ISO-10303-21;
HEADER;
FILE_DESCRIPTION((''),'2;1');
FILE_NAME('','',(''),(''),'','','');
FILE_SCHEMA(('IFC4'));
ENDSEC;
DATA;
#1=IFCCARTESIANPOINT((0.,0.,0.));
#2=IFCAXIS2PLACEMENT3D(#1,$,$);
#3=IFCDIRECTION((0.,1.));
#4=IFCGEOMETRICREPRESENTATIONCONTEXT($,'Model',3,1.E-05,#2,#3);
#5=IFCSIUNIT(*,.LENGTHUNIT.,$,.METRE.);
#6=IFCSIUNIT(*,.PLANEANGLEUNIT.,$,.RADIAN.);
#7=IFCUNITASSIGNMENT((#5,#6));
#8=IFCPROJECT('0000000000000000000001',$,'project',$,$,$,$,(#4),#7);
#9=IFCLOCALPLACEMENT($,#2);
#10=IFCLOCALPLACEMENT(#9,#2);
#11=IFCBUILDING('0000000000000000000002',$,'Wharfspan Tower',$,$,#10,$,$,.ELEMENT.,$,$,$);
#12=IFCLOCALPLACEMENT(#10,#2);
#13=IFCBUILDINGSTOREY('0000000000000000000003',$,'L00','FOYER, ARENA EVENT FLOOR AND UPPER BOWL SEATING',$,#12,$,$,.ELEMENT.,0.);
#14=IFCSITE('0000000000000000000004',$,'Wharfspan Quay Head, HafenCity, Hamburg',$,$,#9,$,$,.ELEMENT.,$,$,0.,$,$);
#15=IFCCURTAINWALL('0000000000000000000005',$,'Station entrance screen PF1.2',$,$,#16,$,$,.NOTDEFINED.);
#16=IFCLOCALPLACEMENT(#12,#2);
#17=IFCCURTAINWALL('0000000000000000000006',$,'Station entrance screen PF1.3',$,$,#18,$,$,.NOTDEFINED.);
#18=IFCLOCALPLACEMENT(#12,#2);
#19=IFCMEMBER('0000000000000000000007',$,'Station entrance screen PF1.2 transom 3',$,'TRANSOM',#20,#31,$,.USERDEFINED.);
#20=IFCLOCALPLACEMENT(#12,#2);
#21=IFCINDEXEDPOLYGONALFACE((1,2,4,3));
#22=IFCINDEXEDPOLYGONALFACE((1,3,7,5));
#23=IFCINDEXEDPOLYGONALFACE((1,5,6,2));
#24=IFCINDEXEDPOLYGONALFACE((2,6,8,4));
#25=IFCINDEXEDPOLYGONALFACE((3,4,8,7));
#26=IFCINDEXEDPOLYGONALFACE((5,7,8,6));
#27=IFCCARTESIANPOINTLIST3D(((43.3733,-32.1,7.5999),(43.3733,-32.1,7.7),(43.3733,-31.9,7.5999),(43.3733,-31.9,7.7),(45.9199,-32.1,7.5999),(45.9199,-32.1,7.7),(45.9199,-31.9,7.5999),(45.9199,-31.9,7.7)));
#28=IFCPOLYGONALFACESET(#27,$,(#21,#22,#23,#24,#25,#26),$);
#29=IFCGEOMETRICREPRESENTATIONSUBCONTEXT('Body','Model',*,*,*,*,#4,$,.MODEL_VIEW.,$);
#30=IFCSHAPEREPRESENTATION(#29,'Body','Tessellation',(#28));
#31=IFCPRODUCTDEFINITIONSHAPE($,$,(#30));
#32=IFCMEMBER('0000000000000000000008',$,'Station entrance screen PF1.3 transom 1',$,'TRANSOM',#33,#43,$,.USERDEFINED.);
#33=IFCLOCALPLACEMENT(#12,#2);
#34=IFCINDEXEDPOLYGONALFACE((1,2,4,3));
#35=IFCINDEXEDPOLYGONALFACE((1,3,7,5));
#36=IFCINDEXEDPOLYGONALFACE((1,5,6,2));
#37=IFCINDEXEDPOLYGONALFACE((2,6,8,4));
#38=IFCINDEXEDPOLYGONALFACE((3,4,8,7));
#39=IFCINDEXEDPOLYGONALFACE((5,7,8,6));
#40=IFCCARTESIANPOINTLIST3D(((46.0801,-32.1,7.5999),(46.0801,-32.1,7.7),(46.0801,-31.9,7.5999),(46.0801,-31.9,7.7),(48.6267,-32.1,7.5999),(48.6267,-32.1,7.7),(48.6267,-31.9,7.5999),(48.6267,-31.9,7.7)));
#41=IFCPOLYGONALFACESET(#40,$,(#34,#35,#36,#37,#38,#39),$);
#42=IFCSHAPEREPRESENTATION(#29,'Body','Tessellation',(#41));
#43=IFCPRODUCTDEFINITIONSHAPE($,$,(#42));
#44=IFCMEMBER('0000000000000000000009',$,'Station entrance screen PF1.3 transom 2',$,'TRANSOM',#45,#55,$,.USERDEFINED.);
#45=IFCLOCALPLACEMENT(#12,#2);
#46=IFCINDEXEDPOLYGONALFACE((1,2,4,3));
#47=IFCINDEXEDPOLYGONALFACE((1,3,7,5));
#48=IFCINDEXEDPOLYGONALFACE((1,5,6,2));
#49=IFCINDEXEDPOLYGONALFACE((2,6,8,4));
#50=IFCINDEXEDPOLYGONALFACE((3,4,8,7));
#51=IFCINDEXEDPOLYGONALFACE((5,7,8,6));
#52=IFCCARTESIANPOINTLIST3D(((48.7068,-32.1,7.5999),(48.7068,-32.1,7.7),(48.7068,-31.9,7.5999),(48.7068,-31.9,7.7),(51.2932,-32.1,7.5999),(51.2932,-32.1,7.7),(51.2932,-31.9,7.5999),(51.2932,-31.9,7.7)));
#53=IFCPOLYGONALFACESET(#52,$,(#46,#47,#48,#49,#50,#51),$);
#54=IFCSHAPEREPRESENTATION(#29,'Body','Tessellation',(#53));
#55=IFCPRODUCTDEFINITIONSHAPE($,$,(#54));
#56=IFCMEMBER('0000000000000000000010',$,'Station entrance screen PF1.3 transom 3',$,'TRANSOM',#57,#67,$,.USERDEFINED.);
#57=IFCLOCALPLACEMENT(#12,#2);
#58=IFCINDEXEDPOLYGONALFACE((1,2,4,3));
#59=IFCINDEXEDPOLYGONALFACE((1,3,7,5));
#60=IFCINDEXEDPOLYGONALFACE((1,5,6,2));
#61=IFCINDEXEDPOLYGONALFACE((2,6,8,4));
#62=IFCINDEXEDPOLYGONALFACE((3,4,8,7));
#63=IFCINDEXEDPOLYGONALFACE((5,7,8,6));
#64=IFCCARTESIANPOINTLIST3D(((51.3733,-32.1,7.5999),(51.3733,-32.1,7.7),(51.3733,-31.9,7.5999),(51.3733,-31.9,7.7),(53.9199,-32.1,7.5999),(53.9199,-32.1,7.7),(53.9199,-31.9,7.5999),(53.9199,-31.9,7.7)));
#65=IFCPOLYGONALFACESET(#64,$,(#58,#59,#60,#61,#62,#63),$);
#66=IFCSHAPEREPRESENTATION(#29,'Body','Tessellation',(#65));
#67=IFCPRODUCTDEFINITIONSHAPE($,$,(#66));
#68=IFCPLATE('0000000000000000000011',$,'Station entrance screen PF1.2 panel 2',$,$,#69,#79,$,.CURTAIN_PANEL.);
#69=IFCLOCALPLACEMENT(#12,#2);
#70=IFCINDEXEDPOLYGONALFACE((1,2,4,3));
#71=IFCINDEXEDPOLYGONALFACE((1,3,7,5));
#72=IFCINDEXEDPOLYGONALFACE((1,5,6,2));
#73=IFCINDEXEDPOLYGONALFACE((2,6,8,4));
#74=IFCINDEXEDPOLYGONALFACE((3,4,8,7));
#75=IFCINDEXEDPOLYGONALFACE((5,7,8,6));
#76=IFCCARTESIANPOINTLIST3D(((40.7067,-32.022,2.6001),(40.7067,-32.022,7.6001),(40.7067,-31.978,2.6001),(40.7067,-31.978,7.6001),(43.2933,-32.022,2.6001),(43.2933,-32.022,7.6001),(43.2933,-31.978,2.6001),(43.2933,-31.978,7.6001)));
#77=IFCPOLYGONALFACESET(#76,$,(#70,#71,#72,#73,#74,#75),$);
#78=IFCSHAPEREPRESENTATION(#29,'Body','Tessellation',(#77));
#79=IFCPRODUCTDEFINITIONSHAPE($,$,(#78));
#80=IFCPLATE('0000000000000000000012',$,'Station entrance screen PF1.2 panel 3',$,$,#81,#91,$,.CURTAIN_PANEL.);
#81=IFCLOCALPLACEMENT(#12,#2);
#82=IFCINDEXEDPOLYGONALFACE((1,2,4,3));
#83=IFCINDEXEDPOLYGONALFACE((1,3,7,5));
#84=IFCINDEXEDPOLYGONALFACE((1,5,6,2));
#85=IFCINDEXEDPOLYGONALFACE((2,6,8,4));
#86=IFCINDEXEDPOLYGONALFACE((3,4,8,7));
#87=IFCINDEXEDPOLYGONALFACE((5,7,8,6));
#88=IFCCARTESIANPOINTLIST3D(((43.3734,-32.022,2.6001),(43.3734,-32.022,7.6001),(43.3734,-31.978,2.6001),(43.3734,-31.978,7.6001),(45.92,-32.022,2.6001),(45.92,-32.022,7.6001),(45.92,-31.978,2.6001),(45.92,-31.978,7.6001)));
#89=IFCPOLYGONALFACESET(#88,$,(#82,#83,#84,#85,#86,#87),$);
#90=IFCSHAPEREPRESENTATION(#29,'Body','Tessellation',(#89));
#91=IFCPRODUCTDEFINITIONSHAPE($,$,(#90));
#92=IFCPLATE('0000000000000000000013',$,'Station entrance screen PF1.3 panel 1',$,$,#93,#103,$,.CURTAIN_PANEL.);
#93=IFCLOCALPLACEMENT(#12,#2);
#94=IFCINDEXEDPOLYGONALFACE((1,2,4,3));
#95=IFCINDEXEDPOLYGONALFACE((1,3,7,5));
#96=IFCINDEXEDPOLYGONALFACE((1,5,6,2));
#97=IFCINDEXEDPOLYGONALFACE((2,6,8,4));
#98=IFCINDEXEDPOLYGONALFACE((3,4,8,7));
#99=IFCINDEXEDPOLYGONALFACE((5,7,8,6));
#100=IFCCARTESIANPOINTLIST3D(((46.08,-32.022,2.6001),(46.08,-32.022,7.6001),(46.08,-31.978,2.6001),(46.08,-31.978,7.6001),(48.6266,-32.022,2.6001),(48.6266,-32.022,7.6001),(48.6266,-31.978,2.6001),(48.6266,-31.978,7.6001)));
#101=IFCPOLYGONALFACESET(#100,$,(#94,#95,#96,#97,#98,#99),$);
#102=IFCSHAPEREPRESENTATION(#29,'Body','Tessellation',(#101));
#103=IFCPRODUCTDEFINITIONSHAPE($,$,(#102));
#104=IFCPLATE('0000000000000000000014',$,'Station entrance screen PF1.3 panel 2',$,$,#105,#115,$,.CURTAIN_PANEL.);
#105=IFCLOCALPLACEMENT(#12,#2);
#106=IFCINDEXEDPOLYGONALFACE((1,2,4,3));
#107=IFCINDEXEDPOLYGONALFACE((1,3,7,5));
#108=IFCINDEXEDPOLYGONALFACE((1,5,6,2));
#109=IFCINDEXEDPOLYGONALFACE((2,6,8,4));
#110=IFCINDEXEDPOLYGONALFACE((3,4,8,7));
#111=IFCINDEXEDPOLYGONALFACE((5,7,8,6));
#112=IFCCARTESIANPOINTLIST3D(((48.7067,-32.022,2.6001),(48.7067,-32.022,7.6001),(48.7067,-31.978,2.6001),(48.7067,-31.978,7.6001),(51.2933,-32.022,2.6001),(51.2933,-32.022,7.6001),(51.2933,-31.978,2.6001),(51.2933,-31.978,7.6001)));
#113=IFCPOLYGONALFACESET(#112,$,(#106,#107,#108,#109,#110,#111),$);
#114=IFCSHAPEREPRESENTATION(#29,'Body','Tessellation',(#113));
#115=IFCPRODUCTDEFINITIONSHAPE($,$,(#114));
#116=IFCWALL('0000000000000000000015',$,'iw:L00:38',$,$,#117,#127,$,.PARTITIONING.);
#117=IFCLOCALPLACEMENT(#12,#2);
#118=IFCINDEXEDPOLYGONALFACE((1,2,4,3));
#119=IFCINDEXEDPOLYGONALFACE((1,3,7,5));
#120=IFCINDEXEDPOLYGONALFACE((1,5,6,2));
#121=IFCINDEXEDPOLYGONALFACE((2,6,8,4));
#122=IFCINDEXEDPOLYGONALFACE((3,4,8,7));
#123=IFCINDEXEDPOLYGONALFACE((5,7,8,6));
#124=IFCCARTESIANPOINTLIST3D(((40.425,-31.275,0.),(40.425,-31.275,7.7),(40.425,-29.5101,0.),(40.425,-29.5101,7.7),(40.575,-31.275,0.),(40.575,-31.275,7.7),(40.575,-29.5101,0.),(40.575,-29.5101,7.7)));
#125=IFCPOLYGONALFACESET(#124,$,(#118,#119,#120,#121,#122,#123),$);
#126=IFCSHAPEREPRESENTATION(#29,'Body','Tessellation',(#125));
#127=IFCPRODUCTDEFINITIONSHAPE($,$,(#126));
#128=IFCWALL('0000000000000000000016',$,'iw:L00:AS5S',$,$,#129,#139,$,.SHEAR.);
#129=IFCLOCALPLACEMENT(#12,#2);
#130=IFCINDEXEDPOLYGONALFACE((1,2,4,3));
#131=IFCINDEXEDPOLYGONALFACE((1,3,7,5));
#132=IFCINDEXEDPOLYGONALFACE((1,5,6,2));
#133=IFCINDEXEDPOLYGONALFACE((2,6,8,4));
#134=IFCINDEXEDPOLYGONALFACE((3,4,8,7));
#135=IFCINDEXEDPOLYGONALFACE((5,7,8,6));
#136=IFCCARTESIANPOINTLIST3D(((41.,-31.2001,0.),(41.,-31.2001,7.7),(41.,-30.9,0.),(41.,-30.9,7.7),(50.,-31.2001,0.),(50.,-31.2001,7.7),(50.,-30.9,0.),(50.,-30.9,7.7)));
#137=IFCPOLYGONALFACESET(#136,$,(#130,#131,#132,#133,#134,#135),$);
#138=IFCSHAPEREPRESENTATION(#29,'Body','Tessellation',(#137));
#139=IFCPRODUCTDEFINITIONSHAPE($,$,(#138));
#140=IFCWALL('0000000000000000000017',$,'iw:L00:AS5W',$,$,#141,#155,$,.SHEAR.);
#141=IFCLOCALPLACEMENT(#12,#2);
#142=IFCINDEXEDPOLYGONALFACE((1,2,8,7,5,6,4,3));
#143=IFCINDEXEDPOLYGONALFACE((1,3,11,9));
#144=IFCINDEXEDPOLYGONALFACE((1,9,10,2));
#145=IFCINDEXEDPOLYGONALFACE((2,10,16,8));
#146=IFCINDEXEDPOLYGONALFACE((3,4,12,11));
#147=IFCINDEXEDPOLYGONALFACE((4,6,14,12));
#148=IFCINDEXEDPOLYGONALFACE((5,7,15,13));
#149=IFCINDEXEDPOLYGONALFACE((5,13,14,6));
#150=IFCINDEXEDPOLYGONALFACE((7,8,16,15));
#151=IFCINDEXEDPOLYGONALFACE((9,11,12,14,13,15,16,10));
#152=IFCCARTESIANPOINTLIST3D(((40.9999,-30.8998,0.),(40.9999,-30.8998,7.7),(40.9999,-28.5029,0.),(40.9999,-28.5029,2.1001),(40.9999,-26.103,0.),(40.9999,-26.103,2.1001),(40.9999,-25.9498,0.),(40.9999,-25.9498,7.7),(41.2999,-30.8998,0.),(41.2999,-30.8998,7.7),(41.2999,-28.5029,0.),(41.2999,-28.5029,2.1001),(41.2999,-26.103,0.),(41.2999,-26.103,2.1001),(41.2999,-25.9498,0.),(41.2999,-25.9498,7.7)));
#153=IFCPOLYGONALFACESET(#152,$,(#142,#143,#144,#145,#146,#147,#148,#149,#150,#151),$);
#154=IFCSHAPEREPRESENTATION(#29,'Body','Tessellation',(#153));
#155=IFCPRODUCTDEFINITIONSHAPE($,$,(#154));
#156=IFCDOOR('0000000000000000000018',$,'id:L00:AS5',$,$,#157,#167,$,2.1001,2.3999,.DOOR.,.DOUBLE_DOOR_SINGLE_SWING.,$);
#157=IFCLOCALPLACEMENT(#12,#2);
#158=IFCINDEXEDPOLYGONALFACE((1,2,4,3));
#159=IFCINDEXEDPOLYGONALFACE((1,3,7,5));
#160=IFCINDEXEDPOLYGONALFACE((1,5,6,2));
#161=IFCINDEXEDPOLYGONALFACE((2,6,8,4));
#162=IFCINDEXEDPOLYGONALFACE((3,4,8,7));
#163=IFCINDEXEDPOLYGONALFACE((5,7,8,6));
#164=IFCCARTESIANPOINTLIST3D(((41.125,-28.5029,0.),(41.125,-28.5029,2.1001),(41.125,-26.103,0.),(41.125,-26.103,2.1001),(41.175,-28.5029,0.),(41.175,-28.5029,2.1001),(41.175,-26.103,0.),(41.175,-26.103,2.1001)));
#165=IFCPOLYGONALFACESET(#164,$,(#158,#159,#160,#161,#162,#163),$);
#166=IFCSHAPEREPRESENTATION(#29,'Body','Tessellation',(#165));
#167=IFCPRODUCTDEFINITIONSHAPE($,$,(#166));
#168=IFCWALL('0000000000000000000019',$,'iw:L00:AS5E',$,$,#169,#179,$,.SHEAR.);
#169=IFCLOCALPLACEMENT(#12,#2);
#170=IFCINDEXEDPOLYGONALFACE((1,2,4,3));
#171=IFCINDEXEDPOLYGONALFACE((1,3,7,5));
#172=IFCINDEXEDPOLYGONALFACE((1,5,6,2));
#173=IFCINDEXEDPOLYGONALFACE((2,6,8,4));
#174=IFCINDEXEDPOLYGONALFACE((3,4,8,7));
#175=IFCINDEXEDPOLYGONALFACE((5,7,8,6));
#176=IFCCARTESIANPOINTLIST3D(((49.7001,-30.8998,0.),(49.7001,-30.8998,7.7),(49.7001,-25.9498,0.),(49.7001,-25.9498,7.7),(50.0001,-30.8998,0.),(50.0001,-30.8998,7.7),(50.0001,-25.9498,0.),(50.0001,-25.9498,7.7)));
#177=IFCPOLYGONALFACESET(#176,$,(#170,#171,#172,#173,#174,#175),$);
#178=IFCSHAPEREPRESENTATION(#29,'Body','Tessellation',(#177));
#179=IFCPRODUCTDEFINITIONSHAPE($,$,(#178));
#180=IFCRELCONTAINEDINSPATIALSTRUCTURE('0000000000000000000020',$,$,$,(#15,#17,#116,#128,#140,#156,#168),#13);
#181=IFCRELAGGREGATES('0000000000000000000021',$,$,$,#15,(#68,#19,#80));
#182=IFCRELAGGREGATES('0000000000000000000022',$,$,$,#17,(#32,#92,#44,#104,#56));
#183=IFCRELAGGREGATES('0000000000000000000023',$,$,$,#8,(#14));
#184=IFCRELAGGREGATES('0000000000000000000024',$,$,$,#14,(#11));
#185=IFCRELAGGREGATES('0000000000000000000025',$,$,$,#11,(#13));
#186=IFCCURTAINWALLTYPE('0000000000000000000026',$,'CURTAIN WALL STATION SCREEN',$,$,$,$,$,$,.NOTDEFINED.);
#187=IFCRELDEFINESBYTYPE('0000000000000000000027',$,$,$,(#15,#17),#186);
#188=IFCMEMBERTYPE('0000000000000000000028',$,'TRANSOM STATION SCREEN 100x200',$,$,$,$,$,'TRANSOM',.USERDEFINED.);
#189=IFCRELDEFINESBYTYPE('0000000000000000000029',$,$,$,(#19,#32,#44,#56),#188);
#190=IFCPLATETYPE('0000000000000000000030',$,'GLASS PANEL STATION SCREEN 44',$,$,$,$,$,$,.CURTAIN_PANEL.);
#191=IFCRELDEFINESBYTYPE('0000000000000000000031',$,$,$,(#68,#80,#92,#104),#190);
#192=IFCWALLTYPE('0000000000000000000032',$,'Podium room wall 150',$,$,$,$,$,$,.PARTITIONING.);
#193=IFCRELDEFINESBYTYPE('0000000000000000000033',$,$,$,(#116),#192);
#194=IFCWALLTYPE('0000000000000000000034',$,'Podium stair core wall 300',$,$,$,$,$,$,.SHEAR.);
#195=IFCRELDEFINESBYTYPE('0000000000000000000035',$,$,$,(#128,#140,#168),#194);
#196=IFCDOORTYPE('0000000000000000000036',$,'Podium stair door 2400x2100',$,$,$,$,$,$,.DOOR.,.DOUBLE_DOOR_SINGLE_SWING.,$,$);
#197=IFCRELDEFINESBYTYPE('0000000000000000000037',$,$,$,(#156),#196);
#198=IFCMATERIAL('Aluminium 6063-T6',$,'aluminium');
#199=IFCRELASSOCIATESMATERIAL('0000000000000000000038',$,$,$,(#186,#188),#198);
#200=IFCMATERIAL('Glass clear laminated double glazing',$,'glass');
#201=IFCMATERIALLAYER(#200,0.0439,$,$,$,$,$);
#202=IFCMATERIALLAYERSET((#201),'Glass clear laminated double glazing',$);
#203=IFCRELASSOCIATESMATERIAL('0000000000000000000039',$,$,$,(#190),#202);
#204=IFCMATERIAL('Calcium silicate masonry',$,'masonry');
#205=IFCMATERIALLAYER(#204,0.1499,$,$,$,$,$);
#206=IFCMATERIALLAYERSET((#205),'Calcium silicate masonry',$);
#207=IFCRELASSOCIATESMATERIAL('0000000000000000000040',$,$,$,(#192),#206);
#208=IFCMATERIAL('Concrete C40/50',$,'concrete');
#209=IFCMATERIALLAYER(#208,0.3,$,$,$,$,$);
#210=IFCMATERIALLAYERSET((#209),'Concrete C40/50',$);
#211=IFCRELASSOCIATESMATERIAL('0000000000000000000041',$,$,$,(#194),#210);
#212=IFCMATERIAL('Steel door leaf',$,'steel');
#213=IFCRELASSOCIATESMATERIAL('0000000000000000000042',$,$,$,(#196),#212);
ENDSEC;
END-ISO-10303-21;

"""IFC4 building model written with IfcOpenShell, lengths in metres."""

from ifc_helpers import new_model, si_unit, direction, frame, frame_2d, origin, origin_2d, place, context, subcontext, project, spatial, rectangle, extrude, material, layer, layer_set, material_profile, profile_set, type_object, element, fill, aggregate, save


model = new_model("IFC4")

# Units and contexts
model_context = context("Model", 3, precision=1e-05, world=origin(), true_north=direction((0.0, 1.0)))
body_context = subcontext(model_context, "Body", "Model", "MODEL_VIEW")
ifc_project = project(units=[si_unit("LENGTHUNIT", "METRE"), si_unit("PLANEANGLEUNIT", "RADIAN")], contexts=[model_context])

# Site, building, storey
site_placement = place(None, origin())
site = spatial("IfcSite", under=ifc_project, at=site_placement, Name="Wharfspan Quay Head, HafenCity, Hamburg", CompositionType="ELEMENT", RefElevation=0.0)
building_placement = place(site_placement, origin())
building = spatial("IfcBuilding", under=site, at=building_placement, Name="Wharfspan Tower", CompositionType="ELEMENT")
storey_placement = place(building_placement, origin())
storey = spatial("IfcBuildingStorey", under=building, at=storey_placement, Name="L00", Description="FOYER, ARENA EVENT FLOOR AND UPPER BOWL SEATING", CompositionType="ELEMENT", Elevation=0.0)

# Curtain walls
ifc_material_1 = material(Name="Aluminium 6063-T6", Category="aluminium")
curtain_wall_type = type_object("IfcCurtainWallType", Name="CURTAIN WALL STATION SCREEN", PredefinedType="NOTDEFINED", material=ifc_material_1)
curtain_wall_1_placement = place(storey_placement, origin())
curtain_wall_1 = element("IfcCurtainWall", 1, at=curtain_wall_1_placement, inside=storey, type_object=curtain_wall_type, Name="Station entrance screen PF1.2", PredefinedType="NOTDEFINED")
curtain_wall_2_placement = place(storey_placement, origin())
curtain_wall_2 = element("IfcCurtainWall", 2, at=curtain_wall_2_placement, inside=storey, type_object=curtain_wall_type, Name="Station entrance screen PF1.3", PredefinedType="NOTDEFINED")

# Members
ifc_material_profile_1 = material_profile(ifc_material_1, rectangle(XDim=0.2, YDim=0.1001, at=origin_2d()))
ifc_profile_set_1 = profile_set([ifc_material_profile_1], Name="Aluminium 6063-T6")
member_type_1 = type_object("IfcMemberType", Name="TRANSOM STATION SCREEN 100x200", ElementType="TRANSOM", PredefinedType="USERDEFINED", material=ifc_profile_set_1)
member_1_placement = place(storey_placement, frame((43.3733, -32.0, 7.6499), z_axis=(1.0, 0.0, 0.0), x_axis=(0.0, 1.0, 0.0)))
member_1 = element("IfcMember", 3, at=member_1_placement, type_object=member_type_1, Name="Station entrance screen PF1.2 transom 3", ObjectType="TRANSOM", PredefinedType="USERDEFINED", context=body_context, shape_type="SweptSolid", body=[
    extrude(rectangle(XDim=0.2, YDim=0.1001, at=origin_2d()), origin(), (0.0, 0.0, 1.0), 2.5466),
])
member_2_placement = place(storey_placement, frame((46.0801, -32.0, 7.6499), z_axis=(1.0, 0.0, 0.0), x_axis=(0.0, 1.0, 0.0)))
member_2 = element("IfcMember", 4, at=member_2_placement, type_object=member_type_1, Name="Station entrance screen PF1.3 transom 1", ObjectType="TRANSOM", PredefinedType="USERDEFINED", context=body_context, shape_type="SweptSolid", body=[
    extrude(rectangle(XDim=0.2, YDim=0.1001, at=origin_2d()), origin(), (0.0, 0.0, 1.0), 2.5466),
])
member_3_placement = place(storey_placement, frame((48.7068, -32.0, 7.6499), z_axis=(1.0, 0.0, 0.0), x_axis=(0.0, 1.0, 0.0)))
member_3 = element("IfcMember", 5, at=member_3_placement, type_object=member_type_1, Name="Station entrance screen PF1.3 transom 2", ObjectType="TRANSOM", PredefinedType="USERDEFINED", context=body_context, shape_type="SweptSolid", body=[
    extrude(rectangle(XDim=0.2, YDim=0.1001, at=origin_2d()), origin(), (0.0, 0.0, 1.0), 2.5864),
])
member_4_placement = place(storey_placement, frame((51.3733, -32.0, 7.6499), z_axis=(1.0, 0.0, 0.0), x_axis=(0.0, 1.0, 0.0)))
member_4 = element("IfcMember", 6, at=member_4_placement, type_object=member_type_1, Name="Station entrance screen PF1.3 transom 3", ObjectType="TRANSOM", PredefinedType="USERDEFINED", context=body_context, shape_type="SweptSolid", body=[
    extrude(rectangle(XDim=0.2, YDim=0.1001, at=origin_2d()), origin(), (0.0, 0.0, 1.0), 2.5466),
])

# Plates
ifc_material_2 = material(Name="Glass clear laminated double glazing", Category="glass")
ifc_layer_1 = layer(ifc_material_2, 0.0439)
ifc_layer_set_1 = layer_set([ifc_layer_1], Name="Glass clear laminated double glazing")
plate_type = type_object("IfcPlateType", Name="GLASS PANEL STATION SCREEN 44", PredefinedType="CURTAIN_PANEL", material=ifc_layer_set_1)
plate_1_placement = place(storey_placement, frame((42.0, -32.0, 2.6001), z_axis=(0.0, 0.0, 1.0), x_axis=(1.0, 0.0, 0.0)))
plate_1 = element("IfcPlate", 7, at=plate_1_placement, type_object=plate_type, Name="Station entrance screen PF1.2 panel 2", PredefinedType="CURTAIN_PANEL", context=body_context, shape_type="SweptSolid", body=[
    extrude(rectangle(XDim=2.5867, YDim=0.0439, at=origin_2d()), origin(), (0.0, 0.0, 1.0), 5.0),
])
plate_2_placement = place(storey_placement, frame((44.6467, -32.0, 2.6001), z_axis=(0.0, 0.0, 1.0), x_axis=(1.0, 0.0, 0.0)))
plate_2 = element("IfcPlate", 8, at=plate_2_placement, type_object=plate_type, Name="Station entrance screen PF1.2 panel 3", PredefinedType="CURTAIN_PANEL", context=body_context, shape_type="SweptSolid", body=[
    extrude(rectangle(XDim=2.5466, YDim=0.0439, at=origin_2d()), origin(), (0.0, 0.0, 1.0), 5.0),
])
aggregate(curtain_wall_1, [plate_1, member_1, plate_2])
plate_3_placement = place(storey_placement, frame((47.3533, -32.0, 2.6001), z_axis=(0.0, 0.0, 1.0), x_axis=(1.0, 0.0, 0.0)))
plate_3 = element("IfcPlate", 9, at=plate_3_placement, type_object=plate_type, Name="Station entrance screen PF1.3 panel 1", PredefinedType="CURTAIN_PANEL", context=body_context, shape_type="SweptSolid", body=[
    extrude(rectangle(XDim=2.5466, YDim=0.0439, at=origin_2d()), origin(), (0.0, 0.0, 1.0), 5.0),
])
plate_4_placement = place(storey_placement, frame((50.0, -32.0, 2.6001), z_axis=(0.0, 0.0, 1.0), x_axis=(1.0, 0.0, 0.0)))
plate_4 = element("IfcPlate", 10, at=plate_4_placement, type_object=plate_type, Name="Station entrance screen PF1.3 panel 2", PredefinedType="CURTAIN_PANEL", context=body_context, shape_type="SweptSolid", body=[
    extrude(rectangle(XDim=2.5867, YDim=0.0439, at=origin_2d()), origin(), (0.0, 0.0, 1.0), 5.0),
])
aggregate(curtain_wall_2, [member_2, plate_3, member_3, plate_4, member_4])

# Walls
ifc_material_3 = material(Name="Calcium silicate masonry", Category="masonry")
ifc_layer_2 = layer(ifc_material_3, 0.1499)
ifc_layer_set_2 = layer_set([ifc_layer_2], Name="Calcium silicate masonry")
wall_type_1 = type_object("IfcWallType", Name="Podium room wall 150", PredefinedType="PARTITIONING", material=ifc_layer_set_2)
wall_1_placement = place(storey_placement, frame((40.5, -31.2749, 0.0), z_axis=(0.0, 0.0, 1.0), x_axis=(0.0, 1.0, 0.0)))
element("IfcWall", 11, at=wall_1_placement, inside=storey, type_object=wall_type_1, Name="iw:L00:38", PredefinedType="PARTITIONING", context=body_context, shape_type="SweptSolid", body=[
    extrude(rectangle(XDim=1.7649, YDim=0.1499, at=frame_2d((0.8823, 0.0))), origin(), (0.0, 0.0, 1.0), 7.7),
])
ifc_material_4 = material(Name="Concrete C40/50", Category="concrete")
ifc_layer_3 = layer(ifc_material_4, 0.3)
ifc_layer_set_3 = layer_set([ifc_layer_3], Name="Concrete C40/50")
wall_type_2 = type_object("IfcWallType", Name="Podium stair core wall 300", PredefinedType="SHEAR", material=ifc_layer_set_3)
wall_2_placement = place(storey_placement, frame((41.0, -31.05, 0.0), z_axis=(0.0, 0.0, 1.0), x_axis=(1.0, 0.0, 0.0)))
element("IfcWall", 12, at=wall_2_placement, inside=storey, type_object=wall_type_2, Name="iw:L00:AS5S", PredefinedType="SHEAR", context=body_context, shape_type="SweptSolid", body=[
    extrude(rectangle(XDim=9.0, YDim=0.3, at=frame_2d((4.5, 0.0))), origin(), (0.0, 0.0, 1.0), 7.7),
])

# Wall, opening, door
wall_3_placement = place(storey_placement, frame((41.1499, -30.8999, 0.0), z_axis=(0.0, 0.0, 1.0), x_axis=(0.0, 1.0, 0.0)))
wall_3 = element("IfcWall", 13, at=wall_3_placement, inside=storey, type_object=wall_type_2, Name="iw:L00:AS5W", PredefinedType="SHEAR", context=body_context, shape_type="SweptSolid", body=[
    extrude(rectangle(XDim=4.95, YDim=0.3, at=frame_2d((2.4751, 0.0))), origin(), (0.0, 0.0, 1.0), 7.7),
])
opening_1_placement = place(wall_3_placement, frame((2.397, 0.0, 0.0)))
opening_1 = element("IfcOpeningElement", 14, at=opening_1_placement, cuts=wall_3, PredefinedType="OPENING", context=body_context, shape_type="SweptSolid", body=[
    extrude(rectangle(XDim=2.3999, YDim=2.1001, at=frame_2d((1.2, 1.05))), frame((0.0, 0.1599, 0.0), z_axis=(0.0, -1.0, 0.0), x_axis=(1.0, 0.0, 0.0)), (0.0, 0.0, 1.0), 0.3201),
])
ifc_material_5 = material(Name="Steel door leaf", Category="steel")
door_type_1 = type_object("IfcDoorType", Name="Podium stair door 2400x2100", OperationType="DOUBLE_DOOR_SINGLE_SWING", PredefinedType="DOOR", material=ifc_material_5)
door_1_placement = place(opening_1_placement, origin())
door_1 = element("IfcDoor", 15, at=door_1_placement, inside=storey, type_object=door_type_1, Name="id:L00:AS5", OperationType="DOUBLE_DOOR_SINGLE_SWING", OverallHeight=2.1001, OverallWidth=2.3999, PredefinedType="DOOR", context=body_context, shape_type="SweptSolid", body=[
    extrude(rectangle(XDim=2.3999, YDim=2.1001, at=frame_2d((1.2, 1.05))), frame((0.0, 0.0249, 0.0), z_axis=(0.0, -1.0, 0.0), x_axis=(1.0, 0.0, 0.0)), (0.0, 0.0, 1.0), 0.05),
])
fill(opening_1, door_1)

# Wall
wall_4_placement = place(storey_placement, frame((49.8501, -30.8999, 0.0), z_axis=(0.0, 0.0, 1.0), x_axis=(0.0, 1.0, 0.0)))
element("IfcWall", 16, at=wall_4_placement, inside=storey, type_object=wall_type_2, Name="iw:L00:AS5E", PredefinedType="SHEAR", context=body_context, shape_type="SweptSolid", body=[
    extrude(rectangle(XDim=4.95, YDim=0.3, at=frame_2d((2.4751, 0.0))), origin(), (0.0, 0.0, 1.0), 7.7),
])

save(model, "model.ifc")
